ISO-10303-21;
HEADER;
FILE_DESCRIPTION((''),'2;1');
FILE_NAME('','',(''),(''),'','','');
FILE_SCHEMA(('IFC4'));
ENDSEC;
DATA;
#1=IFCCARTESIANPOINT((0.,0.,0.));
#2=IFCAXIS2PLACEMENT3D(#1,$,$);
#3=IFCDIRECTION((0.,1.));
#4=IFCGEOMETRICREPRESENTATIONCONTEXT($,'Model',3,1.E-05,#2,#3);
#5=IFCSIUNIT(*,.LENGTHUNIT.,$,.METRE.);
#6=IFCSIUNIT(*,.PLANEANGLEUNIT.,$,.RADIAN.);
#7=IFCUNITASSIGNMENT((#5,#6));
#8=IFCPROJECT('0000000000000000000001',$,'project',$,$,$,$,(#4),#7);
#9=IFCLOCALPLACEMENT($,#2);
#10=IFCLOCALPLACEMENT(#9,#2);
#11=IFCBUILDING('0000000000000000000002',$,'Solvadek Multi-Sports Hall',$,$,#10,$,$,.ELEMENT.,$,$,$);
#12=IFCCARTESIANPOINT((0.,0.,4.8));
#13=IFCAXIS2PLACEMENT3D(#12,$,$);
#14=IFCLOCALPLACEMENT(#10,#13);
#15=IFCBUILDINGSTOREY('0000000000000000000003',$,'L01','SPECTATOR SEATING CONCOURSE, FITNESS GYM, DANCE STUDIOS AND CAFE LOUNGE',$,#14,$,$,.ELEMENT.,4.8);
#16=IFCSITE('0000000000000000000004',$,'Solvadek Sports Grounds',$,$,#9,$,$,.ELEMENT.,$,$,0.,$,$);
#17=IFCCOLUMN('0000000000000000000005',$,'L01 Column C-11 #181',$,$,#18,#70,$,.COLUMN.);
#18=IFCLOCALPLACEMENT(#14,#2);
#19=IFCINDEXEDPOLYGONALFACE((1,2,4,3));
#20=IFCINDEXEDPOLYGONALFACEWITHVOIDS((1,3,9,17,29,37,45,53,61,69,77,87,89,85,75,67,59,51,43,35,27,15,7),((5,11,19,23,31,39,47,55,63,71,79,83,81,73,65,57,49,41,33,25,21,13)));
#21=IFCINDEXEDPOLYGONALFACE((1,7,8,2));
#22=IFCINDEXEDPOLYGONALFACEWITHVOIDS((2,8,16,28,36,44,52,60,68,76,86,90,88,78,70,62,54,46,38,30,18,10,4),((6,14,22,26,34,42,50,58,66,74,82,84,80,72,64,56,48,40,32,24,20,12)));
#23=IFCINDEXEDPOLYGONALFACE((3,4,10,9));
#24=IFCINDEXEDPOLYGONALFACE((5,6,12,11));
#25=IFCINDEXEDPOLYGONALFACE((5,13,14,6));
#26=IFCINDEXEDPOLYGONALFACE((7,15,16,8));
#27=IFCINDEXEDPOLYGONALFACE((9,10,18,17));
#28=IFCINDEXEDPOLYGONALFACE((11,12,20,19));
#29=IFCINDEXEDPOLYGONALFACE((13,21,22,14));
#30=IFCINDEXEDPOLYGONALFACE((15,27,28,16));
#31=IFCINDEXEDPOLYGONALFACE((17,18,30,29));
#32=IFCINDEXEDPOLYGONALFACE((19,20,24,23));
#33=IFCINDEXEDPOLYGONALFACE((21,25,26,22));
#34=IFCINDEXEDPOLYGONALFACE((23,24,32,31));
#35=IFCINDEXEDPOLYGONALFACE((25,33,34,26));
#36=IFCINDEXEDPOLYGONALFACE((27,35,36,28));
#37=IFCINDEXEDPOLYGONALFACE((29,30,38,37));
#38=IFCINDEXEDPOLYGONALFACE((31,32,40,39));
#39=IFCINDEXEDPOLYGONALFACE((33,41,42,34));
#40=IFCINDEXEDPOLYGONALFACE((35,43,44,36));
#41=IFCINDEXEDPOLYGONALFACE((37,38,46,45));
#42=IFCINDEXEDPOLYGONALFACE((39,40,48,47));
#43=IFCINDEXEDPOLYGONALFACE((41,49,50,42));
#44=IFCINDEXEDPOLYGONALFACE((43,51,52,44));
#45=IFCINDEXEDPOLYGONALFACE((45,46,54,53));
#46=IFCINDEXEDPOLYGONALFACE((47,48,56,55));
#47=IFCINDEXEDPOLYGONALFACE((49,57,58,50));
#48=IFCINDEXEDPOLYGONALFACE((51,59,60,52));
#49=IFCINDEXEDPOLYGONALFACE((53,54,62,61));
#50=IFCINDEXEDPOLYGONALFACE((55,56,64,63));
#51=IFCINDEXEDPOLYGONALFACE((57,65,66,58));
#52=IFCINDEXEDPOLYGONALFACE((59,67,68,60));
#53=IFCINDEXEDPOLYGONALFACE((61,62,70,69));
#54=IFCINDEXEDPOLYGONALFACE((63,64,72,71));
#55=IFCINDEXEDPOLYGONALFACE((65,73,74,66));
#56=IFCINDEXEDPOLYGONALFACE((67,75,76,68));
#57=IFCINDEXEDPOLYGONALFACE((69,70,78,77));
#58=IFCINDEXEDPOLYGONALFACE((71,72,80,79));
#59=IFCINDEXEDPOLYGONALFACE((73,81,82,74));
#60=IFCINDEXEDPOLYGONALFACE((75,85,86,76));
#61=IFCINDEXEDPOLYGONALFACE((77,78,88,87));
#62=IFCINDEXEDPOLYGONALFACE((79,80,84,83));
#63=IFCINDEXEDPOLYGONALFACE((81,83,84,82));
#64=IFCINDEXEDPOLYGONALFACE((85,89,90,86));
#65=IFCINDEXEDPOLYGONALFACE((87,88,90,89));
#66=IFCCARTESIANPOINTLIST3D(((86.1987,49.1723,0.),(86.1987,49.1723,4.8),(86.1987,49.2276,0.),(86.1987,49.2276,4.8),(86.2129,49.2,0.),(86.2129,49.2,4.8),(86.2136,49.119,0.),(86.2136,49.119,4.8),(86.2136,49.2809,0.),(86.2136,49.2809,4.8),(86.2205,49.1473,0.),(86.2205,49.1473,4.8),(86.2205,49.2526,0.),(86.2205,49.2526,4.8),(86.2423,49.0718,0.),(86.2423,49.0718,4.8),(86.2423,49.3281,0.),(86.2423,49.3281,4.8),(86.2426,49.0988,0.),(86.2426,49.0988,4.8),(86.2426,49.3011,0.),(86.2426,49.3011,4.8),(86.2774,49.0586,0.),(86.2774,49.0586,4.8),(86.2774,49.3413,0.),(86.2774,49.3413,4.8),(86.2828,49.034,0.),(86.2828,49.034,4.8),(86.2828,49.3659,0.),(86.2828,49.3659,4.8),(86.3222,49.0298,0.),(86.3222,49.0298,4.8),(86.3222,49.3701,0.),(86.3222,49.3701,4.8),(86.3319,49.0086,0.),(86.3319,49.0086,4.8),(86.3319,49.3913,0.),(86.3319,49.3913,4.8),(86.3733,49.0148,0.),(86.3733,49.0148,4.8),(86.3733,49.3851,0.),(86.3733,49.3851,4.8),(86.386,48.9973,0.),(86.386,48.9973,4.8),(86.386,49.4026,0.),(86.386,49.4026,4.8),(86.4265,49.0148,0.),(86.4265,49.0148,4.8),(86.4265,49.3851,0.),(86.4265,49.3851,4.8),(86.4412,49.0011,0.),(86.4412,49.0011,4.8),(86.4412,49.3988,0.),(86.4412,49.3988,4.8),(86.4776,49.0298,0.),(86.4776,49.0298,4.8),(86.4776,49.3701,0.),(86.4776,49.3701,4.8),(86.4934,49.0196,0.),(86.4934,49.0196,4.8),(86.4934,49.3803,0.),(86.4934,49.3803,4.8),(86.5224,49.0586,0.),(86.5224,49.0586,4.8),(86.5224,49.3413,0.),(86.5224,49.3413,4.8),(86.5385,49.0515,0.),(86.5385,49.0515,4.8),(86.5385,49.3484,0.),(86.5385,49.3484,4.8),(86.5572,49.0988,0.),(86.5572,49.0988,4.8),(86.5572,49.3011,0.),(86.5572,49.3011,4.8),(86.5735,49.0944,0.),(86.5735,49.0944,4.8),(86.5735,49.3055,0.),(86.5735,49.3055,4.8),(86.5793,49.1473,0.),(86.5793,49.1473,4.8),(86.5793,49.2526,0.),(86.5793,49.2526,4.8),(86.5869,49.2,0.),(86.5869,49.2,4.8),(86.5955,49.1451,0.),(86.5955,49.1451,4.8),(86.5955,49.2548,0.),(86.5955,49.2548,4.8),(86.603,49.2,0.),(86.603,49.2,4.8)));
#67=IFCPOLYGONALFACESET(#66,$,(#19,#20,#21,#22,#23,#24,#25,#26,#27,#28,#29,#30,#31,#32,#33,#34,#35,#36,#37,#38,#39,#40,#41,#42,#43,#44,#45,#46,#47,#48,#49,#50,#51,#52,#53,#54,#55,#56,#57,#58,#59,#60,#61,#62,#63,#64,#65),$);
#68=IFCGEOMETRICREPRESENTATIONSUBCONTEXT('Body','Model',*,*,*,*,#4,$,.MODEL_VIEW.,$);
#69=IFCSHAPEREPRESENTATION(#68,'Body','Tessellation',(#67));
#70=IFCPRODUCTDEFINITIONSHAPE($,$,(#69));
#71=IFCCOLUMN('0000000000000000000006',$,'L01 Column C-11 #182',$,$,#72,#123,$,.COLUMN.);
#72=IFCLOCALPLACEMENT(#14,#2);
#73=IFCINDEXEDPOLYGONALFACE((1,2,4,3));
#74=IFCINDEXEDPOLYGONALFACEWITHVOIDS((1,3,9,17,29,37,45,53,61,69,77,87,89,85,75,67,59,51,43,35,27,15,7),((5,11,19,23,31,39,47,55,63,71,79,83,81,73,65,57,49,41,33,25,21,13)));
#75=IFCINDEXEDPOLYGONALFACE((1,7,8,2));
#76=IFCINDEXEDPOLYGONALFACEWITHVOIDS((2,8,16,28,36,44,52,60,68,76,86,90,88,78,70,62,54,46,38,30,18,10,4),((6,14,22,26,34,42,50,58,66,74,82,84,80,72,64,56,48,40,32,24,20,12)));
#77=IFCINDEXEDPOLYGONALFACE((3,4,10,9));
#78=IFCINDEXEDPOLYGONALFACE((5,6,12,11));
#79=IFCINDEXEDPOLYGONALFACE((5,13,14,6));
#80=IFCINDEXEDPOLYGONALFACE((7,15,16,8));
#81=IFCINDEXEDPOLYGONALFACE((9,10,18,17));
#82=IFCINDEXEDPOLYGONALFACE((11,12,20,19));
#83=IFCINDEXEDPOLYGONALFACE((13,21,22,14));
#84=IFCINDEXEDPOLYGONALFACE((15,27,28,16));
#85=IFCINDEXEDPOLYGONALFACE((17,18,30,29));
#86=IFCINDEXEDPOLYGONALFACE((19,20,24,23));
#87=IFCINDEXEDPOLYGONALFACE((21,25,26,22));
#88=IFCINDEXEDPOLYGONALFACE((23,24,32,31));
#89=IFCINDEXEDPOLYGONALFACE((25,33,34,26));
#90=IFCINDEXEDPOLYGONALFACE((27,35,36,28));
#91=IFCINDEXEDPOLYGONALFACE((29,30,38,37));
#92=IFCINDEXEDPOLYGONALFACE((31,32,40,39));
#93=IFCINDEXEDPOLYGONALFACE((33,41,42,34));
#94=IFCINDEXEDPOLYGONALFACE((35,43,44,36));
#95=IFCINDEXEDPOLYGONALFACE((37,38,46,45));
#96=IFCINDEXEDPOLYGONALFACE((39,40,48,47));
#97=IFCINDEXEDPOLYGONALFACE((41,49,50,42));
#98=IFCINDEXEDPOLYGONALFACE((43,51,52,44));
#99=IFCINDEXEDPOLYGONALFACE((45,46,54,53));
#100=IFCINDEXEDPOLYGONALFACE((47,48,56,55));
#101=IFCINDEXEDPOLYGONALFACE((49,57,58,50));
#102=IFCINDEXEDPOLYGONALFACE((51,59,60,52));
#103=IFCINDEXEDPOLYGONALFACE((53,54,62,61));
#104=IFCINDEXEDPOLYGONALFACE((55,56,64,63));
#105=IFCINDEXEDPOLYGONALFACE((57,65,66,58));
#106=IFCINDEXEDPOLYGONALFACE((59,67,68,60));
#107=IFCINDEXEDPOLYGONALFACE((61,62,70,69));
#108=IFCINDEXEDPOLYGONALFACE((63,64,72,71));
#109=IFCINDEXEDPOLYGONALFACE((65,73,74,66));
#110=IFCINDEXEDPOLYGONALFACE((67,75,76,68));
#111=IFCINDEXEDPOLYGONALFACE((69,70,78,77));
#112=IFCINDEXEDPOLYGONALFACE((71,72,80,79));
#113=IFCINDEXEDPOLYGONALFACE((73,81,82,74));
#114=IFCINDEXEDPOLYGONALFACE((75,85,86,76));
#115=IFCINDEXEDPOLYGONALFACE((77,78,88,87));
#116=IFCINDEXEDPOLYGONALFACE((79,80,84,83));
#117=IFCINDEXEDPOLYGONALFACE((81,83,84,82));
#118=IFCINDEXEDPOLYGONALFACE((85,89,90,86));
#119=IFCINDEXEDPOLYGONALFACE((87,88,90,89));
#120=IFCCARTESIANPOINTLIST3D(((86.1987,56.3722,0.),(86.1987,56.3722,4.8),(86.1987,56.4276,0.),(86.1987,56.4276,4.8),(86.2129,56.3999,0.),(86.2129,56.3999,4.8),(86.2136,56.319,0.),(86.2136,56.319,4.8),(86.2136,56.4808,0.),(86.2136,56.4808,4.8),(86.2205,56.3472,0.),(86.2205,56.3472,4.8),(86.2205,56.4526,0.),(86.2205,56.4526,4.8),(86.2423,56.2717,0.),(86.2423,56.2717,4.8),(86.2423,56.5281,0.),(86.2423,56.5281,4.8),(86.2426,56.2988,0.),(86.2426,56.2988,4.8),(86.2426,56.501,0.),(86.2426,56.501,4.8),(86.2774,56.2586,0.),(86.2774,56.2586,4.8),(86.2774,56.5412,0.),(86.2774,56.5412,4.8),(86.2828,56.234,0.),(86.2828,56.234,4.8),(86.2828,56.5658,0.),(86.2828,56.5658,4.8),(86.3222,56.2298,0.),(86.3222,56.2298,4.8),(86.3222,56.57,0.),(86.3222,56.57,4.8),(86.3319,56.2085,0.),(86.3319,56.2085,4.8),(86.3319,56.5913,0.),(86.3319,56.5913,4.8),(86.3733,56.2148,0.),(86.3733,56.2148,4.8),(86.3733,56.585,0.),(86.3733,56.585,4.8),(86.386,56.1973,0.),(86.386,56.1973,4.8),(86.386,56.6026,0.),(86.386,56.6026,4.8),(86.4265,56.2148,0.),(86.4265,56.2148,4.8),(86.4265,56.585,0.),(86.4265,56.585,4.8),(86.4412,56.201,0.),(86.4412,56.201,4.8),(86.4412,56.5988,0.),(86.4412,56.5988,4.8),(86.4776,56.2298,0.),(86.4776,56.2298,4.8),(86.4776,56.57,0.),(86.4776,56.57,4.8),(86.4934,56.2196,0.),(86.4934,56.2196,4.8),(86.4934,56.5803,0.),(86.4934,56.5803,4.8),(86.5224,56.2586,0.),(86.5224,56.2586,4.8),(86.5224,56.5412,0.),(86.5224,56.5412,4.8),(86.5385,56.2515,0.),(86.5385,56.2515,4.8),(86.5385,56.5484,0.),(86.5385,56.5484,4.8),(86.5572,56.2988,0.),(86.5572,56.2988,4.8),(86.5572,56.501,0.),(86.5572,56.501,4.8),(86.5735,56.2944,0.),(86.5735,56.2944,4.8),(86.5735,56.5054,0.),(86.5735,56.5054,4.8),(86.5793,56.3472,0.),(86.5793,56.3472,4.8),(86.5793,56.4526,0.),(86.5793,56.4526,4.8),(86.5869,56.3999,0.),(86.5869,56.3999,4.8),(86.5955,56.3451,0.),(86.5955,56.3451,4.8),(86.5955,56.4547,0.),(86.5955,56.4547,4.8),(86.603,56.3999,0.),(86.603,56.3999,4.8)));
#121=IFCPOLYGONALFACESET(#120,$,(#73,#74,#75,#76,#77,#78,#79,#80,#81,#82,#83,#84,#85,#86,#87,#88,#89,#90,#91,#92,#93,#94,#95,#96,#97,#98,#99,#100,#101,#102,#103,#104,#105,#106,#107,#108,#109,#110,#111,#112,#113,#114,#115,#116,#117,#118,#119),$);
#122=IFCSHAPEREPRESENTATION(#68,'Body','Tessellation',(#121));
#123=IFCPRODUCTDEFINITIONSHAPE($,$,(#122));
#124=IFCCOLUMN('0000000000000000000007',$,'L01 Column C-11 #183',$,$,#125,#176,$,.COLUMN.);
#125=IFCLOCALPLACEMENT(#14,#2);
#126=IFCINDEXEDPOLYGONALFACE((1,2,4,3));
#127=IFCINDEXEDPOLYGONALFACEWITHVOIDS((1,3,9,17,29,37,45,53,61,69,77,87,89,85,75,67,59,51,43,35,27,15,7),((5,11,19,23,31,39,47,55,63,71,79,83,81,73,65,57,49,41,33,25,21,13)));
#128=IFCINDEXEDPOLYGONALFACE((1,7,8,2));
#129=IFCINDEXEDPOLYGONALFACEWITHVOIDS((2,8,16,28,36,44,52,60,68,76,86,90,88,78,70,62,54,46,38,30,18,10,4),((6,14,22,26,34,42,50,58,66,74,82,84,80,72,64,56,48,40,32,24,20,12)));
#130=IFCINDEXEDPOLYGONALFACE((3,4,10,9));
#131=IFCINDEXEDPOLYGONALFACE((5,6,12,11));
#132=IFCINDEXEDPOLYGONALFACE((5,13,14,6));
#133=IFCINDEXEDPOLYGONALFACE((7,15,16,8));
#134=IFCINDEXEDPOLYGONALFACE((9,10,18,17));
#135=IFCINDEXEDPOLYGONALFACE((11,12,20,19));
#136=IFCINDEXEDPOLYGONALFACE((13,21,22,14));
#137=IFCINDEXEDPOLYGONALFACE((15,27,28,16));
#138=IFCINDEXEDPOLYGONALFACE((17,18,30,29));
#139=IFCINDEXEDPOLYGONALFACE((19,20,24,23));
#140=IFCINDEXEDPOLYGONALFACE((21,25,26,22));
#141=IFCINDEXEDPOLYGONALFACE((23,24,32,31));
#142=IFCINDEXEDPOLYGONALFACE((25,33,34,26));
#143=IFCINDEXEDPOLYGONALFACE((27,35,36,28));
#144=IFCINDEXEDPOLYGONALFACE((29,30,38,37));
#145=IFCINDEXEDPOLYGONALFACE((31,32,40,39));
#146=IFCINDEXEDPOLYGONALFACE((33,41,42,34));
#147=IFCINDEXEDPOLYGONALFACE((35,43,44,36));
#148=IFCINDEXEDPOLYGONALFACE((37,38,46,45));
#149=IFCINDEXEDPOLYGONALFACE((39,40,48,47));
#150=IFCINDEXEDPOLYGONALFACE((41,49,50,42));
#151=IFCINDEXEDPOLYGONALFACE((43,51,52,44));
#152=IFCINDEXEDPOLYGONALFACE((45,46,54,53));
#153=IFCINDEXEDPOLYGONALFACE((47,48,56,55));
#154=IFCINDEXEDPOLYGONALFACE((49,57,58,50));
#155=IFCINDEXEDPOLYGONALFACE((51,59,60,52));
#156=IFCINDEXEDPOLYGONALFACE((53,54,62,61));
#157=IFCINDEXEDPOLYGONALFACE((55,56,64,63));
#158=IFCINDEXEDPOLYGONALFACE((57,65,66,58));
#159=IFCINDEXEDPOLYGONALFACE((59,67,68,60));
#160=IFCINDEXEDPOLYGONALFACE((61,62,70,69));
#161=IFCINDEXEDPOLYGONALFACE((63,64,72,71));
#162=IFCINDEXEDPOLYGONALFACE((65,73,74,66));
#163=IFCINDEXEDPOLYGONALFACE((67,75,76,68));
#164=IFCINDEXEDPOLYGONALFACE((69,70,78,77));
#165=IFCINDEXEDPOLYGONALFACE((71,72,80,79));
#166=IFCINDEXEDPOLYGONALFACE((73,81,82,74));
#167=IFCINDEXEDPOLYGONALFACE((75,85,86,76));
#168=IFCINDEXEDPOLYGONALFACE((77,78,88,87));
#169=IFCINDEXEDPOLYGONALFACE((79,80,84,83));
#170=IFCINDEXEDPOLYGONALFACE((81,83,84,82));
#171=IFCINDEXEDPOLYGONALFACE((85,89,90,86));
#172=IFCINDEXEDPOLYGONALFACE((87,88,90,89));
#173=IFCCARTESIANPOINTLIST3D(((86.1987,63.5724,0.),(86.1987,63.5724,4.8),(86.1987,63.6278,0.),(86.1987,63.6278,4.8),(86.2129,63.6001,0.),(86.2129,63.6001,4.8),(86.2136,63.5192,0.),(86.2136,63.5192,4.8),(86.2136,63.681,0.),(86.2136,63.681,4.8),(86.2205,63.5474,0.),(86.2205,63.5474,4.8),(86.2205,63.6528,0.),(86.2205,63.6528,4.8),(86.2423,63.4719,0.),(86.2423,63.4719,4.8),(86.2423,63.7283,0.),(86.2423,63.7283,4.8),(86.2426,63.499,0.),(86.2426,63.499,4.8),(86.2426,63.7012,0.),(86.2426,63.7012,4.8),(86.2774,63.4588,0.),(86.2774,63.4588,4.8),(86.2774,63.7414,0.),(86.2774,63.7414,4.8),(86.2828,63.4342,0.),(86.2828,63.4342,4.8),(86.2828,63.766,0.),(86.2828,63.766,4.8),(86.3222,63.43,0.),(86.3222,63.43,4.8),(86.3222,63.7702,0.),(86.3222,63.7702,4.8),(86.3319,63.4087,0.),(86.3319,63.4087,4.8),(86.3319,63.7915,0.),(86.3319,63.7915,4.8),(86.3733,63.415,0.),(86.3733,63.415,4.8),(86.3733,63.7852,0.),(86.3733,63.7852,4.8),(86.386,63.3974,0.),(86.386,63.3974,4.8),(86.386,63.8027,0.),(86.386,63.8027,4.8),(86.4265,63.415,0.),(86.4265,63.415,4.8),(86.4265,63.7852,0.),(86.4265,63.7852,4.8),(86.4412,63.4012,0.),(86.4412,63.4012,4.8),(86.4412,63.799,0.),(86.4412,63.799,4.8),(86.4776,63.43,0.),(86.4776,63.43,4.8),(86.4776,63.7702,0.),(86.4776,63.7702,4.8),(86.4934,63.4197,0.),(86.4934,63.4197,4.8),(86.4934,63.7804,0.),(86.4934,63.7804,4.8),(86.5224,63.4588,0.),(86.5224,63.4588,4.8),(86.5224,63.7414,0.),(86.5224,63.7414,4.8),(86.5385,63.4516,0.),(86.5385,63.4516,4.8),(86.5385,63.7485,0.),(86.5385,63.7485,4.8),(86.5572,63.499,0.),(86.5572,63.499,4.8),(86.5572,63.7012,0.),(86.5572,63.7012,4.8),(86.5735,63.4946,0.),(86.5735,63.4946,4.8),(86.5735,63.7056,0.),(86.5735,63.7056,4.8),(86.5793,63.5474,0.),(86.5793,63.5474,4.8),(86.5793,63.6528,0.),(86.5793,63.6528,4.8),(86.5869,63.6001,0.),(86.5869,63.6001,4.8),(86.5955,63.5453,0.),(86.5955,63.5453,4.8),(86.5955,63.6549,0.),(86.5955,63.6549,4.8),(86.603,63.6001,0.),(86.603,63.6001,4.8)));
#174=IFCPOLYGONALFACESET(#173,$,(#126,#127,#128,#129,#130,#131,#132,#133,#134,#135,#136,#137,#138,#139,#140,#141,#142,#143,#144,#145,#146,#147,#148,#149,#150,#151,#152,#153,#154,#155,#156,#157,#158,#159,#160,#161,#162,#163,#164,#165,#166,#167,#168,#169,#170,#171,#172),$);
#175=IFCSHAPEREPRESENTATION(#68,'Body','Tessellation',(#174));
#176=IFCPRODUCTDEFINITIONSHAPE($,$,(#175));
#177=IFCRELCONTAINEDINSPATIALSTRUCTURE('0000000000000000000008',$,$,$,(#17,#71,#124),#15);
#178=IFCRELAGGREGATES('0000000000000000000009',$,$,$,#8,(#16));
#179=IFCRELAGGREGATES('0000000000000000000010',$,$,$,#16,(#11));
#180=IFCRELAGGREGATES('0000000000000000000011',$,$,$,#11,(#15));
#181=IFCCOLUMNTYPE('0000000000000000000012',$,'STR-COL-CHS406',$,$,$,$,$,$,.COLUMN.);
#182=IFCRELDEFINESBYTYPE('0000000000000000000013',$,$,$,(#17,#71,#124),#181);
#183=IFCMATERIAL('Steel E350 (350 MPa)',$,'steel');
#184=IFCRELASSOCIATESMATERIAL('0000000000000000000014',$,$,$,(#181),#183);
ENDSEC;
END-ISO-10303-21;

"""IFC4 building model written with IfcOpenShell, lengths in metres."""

from ifc_helpers import new_model, si_unit, direction, frame, origin, origin_2d, place, context, subcontext, project, spatial, hollow_circle, extrude, material, material_profile, profile_set, type_object, element, save


model = new_model("IFC4")

# Units and contexts
model_context = context("Model", 3, precision=1e-05, world=origin(), true_north=direction((0.0, 1.0)))
body_context = subcontext(model_context, "Body", "Model", "MODEL_VIEW")
ifc_project = project(units=[si_unit("LENGTHUNIT", "METRE"), si_unit("PLANEANGLEUNIT", "RADIAN")], contexts=[model_context])

# Site, building, storey
site_placement = place(None, origin())
site = spatial("IfcSite", under=ifc_project, at=site_placement, Name="Solvadek Sports Grounds", CompositionType="ELEMENT", RefElevation=0.0)
building_placement = place(site_placement, origin())
building = spatial("IfcBuilding", under=site, at=building_placement, Name="Solvadek Multi-Sports Hall", CompositionType="ELEMENT")
storey_placement = place(building_placement, frame((0.0, 0.0, 4.8)))
storey = spatial("IfcBuildingStorey", under=building, at=storey_placement, Name="L01", Description="SPECTATOR SEATING CONCOURSE, FITNESS GYM, DANCE STUDIOS AND CAFE LOUNGE", CompositionType="ELEMENT", Elevation=4.8)

# Columns
ifc_material_1 = material(Name="Steel E350 (350 MPa)", Category="steel")
ifc_material_profile_1 = material_profile(ifc_material_1, hollow_circle(Radius=0.2031, WallThickness=0.0161, at=origin_2d()), Name="CHS 406.4x16")
ifc_profile_set_1 = profile_set([ifc_material_profile_1], Name="Steel E350 (350 MPa)")
column_type_1 = type_object("IfcColumnType", Name="STR-COL-CHS406", PredefinedType="COLUMN", material=ifc_profile_set_1)
for number, where, z_axis, x_axis, name in (
    (1, (86.3999, 49.2, 0.0), (0.0, 0.0, 1.0), (1.0, 0.0, 0.0), "L01 Column C-11 #181"),
    (2, (86.3999, 56.3999, 0.0), (0.0, 0.0, 1.0), (1.0, 0.0, 0.0), "L01 Column C-11 #182"),
    (3, (86.3999, 63.6001, 0.0), (0.0, 0.0, 1.0), (1.0, 0.0, 0.0), "L01 Column C-11 #183"),
):
    element("IfcColumn", number, at=place(storey_placement, frame(where, z_axis=z_axis, x_axis=x_axis)), inside=storey, type_object=column_type_1, Name=name, PredefinedType="COLUMN", context=body_context, shape_type="SweptSolid", body=[
        extrude(hollow_circle(Radius=0.2031, WallThickness=0.0161, at=origin_2d()), origin(), (0.0, 0.0, 1.0), 4.8),
    ])

save(model, "model.ifc")
